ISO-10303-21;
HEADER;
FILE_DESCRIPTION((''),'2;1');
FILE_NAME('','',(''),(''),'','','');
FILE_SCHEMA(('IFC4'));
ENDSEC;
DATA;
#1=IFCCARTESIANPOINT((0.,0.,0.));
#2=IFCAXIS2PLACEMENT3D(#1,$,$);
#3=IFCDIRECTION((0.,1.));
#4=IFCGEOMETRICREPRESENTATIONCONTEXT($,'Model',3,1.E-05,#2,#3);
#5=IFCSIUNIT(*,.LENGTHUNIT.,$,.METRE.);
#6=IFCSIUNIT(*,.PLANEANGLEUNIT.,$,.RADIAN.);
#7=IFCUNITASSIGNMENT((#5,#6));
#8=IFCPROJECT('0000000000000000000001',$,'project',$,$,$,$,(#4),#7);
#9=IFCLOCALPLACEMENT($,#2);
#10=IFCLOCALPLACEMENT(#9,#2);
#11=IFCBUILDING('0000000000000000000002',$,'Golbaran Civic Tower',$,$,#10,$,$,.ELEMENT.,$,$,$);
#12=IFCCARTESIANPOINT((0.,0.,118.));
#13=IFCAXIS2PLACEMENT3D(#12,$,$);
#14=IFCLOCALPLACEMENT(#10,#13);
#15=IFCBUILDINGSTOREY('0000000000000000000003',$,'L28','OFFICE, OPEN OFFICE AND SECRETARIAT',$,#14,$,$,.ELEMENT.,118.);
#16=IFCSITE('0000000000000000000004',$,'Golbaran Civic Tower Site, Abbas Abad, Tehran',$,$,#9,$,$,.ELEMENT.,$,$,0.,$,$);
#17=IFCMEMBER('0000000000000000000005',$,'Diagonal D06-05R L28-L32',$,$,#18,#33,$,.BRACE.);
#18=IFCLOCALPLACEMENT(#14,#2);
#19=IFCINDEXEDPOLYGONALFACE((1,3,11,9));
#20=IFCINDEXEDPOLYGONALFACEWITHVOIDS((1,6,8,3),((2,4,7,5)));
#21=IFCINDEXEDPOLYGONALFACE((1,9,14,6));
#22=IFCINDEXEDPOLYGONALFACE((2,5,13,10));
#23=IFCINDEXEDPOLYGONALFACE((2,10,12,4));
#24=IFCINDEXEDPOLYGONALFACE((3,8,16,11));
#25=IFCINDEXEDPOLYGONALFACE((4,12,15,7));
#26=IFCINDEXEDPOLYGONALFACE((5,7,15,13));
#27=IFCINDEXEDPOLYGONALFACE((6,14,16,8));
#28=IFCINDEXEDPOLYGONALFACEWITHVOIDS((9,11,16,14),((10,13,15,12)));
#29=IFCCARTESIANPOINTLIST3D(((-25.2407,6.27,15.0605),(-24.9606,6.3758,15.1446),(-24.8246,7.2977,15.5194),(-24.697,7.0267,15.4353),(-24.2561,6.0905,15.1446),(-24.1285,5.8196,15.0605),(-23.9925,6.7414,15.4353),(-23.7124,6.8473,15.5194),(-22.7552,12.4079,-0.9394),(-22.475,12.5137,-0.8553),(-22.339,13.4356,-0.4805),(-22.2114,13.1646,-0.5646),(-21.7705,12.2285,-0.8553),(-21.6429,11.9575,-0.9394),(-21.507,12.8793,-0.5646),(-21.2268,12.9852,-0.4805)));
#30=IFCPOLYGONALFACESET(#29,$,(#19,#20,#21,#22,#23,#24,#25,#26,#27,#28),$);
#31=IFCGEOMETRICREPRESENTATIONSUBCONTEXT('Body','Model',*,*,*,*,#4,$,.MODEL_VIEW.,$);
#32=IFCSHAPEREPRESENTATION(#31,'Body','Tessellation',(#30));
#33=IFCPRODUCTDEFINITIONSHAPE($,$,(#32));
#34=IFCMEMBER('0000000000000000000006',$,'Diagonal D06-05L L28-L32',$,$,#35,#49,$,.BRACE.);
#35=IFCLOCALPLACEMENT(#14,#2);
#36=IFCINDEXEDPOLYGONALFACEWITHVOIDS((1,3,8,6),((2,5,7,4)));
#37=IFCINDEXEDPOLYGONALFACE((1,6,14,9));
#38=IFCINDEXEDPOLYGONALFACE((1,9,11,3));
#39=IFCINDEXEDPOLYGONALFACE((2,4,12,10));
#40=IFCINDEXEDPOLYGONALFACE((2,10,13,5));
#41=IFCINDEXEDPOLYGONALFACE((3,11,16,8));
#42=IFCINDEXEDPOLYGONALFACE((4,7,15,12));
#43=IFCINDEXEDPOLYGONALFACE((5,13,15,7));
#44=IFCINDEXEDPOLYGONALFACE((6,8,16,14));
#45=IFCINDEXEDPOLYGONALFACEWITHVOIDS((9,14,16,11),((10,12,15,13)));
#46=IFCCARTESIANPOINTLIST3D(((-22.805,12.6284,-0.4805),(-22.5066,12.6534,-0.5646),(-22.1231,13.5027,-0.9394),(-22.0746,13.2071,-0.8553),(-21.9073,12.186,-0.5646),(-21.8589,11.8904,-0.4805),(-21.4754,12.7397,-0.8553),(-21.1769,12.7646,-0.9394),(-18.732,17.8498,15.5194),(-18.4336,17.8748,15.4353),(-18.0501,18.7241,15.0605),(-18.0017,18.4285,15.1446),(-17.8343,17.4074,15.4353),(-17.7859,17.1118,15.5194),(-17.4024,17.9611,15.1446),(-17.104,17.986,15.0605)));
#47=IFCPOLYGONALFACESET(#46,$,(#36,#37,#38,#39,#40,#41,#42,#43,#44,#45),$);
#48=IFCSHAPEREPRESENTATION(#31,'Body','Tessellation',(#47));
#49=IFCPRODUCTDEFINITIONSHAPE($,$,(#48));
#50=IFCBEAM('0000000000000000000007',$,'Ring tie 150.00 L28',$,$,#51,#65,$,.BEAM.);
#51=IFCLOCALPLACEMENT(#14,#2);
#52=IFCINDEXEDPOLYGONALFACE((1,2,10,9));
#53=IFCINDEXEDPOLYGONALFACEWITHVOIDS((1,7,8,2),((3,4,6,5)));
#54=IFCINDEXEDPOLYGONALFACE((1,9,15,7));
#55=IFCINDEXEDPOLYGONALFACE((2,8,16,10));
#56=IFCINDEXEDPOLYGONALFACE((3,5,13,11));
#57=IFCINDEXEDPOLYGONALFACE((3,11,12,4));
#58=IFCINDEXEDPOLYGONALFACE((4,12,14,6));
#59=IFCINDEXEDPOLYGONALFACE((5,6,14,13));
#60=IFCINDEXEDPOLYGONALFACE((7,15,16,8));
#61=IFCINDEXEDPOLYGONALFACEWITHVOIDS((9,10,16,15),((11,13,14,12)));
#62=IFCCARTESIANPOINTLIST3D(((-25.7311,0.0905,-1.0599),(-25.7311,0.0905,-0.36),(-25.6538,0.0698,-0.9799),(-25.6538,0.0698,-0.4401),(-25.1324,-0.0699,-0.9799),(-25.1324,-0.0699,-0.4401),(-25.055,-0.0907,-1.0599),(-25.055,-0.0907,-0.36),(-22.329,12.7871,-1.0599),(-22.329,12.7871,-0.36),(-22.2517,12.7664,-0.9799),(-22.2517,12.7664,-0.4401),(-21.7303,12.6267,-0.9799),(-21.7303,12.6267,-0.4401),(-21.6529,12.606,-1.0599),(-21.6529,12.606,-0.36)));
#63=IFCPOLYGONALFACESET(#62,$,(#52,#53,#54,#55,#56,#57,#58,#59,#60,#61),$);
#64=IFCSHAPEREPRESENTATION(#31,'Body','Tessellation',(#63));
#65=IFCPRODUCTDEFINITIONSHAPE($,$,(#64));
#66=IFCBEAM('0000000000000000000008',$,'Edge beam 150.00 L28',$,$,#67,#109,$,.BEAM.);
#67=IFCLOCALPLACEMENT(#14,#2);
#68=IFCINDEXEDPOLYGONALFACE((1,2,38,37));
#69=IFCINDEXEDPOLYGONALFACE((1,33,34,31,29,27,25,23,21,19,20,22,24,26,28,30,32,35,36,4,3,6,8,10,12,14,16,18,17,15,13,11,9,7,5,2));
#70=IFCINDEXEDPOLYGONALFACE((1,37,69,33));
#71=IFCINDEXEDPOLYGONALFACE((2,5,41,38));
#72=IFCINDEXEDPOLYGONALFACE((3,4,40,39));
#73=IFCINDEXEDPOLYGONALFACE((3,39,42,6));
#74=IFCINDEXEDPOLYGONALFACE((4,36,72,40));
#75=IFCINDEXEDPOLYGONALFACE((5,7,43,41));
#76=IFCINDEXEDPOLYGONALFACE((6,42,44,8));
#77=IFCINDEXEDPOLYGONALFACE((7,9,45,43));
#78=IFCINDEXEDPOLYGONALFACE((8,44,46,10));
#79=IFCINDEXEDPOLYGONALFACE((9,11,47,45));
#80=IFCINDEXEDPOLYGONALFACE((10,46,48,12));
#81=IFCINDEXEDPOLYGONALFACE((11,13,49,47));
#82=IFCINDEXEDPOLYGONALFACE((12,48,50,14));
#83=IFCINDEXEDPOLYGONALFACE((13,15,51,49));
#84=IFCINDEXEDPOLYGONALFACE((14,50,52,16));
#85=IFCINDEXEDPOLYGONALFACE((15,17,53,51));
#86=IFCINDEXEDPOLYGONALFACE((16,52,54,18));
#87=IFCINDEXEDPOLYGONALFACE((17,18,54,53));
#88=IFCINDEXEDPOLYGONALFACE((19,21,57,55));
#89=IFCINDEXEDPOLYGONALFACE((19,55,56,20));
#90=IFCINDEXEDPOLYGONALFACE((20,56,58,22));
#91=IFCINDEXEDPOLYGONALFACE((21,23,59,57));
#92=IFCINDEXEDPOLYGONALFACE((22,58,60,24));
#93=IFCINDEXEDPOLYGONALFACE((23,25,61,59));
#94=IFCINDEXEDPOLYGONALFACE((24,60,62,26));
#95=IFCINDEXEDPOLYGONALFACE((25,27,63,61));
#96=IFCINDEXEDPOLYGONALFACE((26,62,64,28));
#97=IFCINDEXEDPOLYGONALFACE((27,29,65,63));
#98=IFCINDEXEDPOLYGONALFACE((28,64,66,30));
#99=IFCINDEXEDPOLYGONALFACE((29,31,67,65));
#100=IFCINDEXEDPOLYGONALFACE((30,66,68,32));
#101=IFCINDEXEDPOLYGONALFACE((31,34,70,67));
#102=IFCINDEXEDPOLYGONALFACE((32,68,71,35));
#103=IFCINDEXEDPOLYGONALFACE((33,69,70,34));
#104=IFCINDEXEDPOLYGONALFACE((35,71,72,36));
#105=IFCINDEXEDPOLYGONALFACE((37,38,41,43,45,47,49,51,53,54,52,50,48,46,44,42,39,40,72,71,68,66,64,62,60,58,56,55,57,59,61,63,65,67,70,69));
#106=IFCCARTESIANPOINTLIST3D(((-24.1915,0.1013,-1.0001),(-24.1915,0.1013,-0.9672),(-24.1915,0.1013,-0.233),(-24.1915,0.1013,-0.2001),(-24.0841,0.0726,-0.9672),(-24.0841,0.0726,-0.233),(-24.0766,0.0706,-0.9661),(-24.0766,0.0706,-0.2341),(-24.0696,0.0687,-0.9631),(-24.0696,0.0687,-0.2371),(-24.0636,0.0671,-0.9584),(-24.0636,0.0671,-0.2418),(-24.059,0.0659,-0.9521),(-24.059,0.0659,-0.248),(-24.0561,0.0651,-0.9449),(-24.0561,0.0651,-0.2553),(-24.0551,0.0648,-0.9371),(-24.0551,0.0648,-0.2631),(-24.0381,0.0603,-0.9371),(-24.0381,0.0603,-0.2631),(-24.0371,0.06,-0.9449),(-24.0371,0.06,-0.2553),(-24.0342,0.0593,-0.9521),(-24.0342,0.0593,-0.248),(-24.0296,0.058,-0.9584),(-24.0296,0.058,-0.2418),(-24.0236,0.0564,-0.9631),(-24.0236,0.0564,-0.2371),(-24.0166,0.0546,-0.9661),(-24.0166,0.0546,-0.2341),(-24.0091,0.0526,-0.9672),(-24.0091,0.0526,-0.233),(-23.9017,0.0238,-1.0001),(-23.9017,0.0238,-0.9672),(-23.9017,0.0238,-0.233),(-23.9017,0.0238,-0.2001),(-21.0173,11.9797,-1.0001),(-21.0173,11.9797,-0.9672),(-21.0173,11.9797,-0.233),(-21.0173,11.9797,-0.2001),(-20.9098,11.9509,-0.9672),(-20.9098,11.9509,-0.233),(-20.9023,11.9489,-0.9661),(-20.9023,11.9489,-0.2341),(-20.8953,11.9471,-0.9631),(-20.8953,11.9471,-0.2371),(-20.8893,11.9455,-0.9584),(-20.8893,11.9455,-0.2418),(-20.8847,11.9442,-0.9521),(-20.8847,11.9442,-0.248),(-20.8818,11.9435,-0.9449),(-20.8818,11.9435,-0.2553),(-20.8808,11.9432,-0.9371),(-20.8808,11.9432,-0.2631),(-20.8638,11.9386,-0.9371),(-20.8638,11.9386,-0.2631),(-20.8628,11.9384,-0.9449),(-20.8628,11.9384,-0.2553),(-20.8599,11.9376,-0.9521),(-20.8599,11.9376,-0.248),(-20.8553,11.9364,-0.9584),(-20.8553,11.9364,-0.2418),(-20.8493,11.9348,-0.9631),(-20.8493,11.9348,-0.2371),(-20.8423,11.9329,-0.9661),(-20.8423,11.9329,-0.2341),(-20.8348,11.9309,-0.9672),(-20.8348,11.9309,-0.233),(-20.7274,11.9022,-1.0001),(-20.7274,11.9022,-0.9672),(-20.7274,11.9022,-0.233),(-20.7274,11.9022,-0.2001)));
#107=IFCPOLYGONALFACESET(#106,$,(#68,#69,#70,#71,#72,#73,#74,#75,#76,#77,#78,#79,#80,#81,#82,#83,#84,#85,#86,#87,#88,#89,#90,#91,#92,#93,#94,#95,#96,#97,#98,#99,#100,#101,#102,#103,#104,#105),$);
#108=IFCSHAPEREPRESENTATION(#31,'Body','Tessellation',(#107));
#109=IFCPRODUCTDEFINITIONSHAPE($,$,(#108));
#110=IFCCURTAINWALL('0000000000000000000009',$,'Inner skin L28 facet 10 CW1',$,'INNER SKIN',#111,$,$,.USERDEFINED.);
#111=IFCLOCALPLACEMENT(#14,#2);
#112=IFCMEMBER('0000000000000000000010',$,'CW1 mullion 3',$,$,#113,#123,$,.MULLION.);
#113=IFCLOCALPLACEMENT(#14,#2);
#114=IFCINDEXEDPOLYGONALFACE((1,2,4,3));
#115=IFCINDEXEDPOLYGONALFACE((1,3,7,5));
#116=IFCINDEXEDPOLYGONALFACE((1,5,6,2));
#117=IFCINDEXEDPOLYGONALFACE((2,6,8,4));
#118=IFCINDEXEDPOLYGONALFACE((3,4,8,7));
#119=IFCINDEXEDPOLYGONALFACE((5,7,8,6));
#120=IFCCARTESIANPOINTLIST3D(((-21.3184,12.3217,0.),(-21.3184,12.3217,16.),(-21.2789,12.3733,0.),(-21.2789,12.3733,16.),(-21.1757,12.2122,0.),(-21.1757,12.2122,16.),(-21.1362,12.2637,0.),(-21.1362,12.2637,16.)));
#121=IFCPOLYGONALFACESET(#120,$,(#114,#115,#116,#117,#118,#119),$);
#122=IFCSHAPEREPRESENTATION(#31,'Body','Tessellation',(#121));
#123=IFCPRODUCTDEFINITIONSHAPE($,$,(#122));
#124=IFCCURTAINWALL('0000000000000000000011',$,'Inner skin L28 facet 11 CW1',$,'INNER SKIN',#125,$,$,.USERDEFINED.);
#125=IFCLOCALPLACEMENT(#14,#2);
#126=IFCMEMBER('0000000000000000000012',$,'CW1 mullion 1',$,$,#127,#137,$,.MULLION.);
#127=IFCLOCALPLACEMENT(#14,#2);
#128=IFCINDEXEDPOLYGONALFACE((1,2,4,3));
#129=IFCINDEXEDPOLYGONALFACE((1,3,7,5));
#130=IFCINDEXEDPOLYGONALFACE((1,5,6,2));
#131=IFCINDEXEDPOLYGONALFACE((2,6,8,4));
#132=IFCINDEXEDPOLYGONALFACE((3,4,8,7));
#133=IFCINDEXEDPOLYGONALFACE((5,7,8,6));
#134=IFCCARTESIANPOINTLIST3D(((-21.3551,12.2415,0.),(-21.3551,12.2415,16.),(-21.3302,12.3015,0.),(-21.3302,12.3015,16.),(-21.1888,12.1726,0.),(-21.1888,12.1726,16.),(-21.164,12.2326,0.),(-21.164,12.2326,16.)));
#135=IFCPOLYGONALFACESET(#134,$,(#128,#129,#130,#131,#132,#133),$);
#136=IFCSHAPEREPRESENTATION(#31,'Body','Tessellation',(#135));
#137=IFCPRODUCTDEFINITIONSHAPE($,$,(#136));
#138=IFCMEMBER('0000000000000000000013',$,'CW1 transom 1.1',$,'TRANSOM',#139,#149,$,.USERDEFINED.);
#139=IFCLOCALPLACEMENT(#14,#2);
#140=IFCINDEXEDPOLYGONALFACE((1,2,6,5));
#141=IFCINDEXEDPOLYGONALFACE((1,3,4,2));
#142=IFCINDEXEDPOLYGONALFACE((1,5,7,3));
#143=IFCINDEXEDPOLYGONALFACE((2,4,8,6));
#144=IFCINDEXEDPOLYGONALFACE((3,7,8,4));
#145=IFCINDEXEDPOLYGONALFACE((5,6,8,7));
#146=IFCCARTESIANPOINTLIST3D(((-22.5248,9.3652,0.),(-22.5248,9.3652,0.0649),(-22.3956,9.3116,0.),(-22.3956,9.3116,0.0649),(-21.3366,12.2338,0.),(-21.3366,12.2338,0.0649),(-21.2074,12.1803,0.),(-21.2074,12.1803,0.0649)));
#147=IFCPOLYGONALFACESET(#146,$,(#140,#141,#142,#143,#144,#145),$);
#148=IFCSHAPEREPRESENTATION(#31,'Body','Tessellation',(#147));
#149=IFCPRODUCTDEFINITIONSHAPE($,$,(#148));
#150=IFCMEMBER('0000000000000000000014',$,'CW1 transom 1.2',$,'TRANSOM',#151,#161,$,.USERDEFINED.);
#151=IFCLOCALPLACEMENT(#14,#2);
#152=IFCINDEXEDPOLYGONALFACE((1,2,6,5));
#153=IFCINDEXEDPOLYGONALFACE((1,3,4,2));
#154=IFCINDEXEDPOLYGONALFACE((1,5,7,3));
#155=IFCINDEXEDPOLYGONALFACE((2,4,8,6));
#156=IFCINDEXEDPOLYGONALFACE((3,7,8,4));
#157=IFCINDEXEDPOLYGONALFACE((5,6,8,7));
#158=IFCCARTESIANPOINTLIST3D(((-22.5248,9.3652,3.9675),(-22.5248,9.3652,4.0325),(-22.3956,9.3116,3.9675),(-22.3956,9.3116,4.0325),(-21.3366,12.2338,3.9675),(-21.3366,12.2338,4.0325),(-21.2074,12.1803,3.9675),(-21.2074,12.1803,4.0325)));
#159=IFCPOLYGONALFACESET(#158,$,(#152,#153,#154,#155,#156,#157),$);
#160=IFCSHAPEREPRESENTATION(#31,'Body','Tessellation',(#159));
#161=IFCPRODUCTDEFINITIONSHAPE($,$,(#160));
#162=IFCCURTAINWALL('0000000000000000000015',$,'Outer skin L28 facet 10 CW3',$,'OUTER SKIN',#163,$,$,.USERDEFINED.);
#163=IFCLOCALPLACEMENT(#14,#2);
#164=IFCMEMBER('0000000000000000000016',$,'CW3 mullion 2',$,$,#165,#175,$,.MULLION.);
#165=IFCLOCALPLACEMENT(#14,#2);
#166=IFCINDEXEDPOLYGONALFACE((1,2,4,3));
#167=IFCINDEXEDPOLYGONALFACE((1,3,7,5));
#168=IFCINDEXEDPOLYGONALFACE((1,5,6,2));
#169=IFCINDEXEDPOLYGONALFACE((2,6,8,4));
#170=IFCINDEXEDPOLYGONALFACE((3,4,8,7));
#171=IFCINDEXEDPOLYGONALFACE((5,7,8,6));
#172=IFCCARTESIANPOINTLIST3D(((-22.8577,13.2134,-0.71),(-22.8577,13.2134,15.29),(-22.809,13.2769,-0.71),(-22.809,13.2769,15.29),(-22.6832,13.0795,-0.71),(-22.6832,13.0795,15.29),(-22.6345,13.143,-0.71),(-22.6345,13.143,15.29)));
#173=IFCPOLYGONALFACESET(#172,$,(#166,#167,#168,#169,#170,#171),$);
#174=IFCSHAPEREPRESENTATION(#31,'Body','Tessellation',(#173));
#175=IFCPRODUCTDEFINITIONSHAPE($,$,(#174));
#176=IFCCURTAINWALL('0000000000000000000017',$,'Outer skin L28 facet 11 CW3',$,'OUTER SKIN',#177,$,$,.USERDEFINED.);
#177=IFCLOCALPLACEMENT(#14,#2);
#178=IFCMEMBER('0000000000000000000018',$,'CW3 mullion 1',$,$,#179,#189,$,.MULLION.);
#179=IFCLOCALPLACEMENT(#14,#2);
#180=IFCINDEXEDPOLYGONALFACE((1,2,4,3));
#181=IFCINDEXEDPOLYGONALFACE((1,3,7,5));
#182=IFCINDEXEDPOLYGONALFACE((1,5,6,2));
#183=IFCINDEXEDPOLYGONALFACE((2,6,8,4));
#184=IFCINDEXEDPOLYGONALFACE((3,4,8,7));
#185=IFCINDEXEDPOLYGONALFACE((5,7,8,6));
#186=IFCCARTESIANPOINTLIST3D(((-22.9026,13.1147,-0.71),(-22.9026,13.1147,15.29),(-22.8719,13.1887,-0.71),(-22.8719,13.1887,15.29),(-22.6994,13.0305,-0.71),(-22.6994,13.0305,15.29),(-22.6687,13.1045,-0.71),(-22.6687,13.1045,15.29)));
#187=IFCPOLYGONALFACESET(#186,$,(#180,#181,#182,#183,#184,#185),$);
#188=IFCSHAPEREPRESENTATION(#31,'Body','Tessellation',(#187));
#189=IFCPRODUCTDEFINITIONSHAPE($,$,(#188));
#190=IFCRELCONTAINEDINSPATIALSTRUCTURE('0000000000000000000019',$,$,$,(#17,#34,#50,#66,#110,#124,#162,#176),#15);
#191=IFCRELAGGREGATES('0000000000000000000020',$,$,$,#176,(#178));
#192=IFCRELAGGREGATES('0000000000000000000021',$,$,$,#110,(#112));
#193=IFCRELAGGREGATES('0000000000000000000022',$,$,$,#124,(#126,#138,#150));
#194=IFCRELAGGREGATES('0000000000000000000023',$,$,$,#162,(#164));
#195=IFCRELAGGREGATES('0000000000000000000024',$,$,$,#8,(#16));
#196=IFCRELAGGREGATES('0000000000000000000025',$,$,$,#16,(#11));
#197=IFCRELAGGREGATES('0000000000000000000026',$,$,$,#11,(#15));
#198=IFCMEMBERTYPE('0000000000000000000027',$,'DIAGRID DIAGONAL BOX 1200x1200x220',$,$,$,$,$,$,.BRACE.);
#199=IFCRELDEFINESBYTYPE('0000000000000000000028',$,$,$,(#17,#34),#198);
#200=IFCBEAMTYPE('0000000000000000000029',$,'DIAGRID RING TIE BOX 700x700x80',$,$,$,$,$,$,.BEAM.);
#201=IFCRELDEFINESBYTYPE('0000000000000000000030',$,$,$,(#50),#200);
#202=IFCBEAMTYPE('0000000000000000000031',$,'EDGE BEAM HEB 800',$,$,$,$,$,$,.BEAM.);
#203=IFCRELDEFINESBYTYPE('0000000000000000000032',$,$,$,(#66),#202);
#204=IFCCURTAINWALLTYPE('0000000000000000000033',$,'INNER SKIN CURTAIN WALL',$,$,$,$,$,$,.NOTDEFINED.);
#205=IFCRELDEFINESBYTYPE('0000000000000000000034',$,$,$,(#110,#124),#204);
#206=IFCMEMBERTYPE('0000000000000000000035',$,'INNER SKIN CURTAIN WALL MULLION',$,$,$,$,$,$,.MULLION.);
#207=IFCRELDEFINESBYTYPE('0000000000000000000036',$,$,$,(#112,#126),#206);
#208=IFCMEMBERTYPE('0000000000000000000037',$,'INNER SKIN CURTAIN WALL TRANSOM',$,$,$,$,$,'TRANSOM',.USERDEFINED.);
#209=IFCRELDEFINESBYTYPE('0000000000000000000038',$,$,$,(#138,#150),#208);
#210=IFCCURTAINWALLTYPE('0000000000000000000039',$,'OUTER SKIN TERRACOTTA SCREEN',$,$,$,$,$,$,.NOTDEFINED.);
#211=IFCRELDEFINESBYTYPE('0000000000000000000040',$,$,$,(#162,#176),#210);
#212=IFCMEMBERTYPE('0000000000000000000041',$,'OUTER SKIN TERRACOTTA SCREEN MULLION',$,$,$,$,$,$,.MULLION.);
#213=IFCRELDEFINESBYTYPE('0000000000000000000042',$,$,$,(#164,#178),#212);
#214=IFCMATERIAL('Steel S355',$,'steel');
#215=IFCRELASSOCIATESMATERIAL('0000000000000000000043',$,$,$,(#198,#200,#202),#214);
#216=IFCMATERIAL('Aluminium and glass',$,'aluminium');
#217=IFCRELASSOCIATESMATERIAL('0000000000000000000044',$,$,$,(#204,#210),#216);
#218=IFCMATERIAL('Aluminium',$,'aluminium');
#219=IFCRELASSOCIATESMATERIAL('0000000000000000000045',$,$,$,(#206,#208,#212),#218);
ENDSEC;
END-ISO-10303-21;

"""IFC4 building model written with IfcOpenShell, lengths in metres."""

from ifc_helpers import new_model, si_unit, direction, frame, origin, origin_2d, place, context, subcontext, project, spatial, rectangle, hollow_rectangle, i_section, extrude, material, material_profile, profile_set, type_object, element, aggregate, save


model = new_model("IFC4")

# Units and contexts
model_context = context("Model", 3, precision=1e-05, world=origin(), true_north=direction((0.0, 1.0)))
body_context = subcontext(model_context, "Body", "Model", "MODEL_VIEW")
ifc_project = project(units=[si_unit("LENGTHUNIT", "METRE"), si_unit("PLANEANGLEUNIT", "RADIAN")], contexts=[model_context])

# Site, building, storey
site_placement = place(None, origin())
site = spatial("IfcSite", under=ifc_project, at=site_placement, Name="Golbaran Civic Tower Site, Abbas Abad, Tehran", CompositionType="ELEMENT", RefElevation=0.0)
building_placement = place(site_placement, origin())
building = spatial("IfcBuilding", under=site, at=building_placement, Name="Golbaran Civic Tower", CompositionType="ELEMENT")
storey_placement = place(building_placement, frame((0.0, 0.0, 118.0)))
storey = spatial("IfcBuildingStorey", under=building, at=storey_placement, Name="L28", Description="OFFICE, OPEN OFFICE AND SECRETARIAT", CompositionType="ELEMENT", Elevation=118.0)

# Members
ifc_material_1 = material(Name="Steel S355", Category="steel")
ifc_material_profile_1 = material_profile(ifc_material_1, hollow_rectangle(XDim=1.2, YDim=1.2, WallThickness=0.22, at=origin_2d()), Name="BOX 1200x1200x220")
ifc_profile_set_1 = profile_set([ifc_material_profile_1], Name="Steel S355")
member_type_1 = type_object("IfcMemberType", Name="DIAGRID DIAGONAL BOX 1200x1200x220", PredefinedType="BRACE", material=ifc_profile_set_1)
for number, where, z_axis, x_axis, name in (
    (1, (-21.991, 12.6965, -0.71), (-0.143541, -0.354461, 0.923988), (0.926884, -0.375347, 0.0), "Diagonal D06-05R L28-L32"),
    (2, (-21.991, 12.6965, -0.71), (0.235212, 0.301534, 0.923987), (-0.788482, 0.615058, 0.0), "Diagonal D06-05L L28-L32"),
):
    element("IfcMember", number, at=place(storey_placement, frame(where, z_axis=z_axis, x_axis=x_axis)), inside=storey, type_object=member_type_1, Name=name, PredefinedType="BRACE", context=body_context, shape_type="SweptSolid", body=[
        extrude(hollow_rectangle(XDim=1.2, YDim=1.2, WallThickness=0.22, at=origin_2d()), origin(), (0.0, 0.0, 1.0), 17.3162),
    ])

# Beams
ifc_material_profile_2 = material_profile(ifc_material_1, hollow_rectangle(XDim=0.7, YDim=0.7, WallThickness=0.0801, at=origin_2d()), Name="BOX 700x700x80")
ifc_profile_set_2 = profile_set([ifc_material_profile_2], Name="Steel S355")
beam_type_1 = type_object("IfcBeamType", Name="DIAGRID RING TIE BOX 700x700x80", PredefinedType="BEAM", material=ifc_profile_set_2)
beam_1_placement = place(storey_placement, frame((-21.991, 12.6965, -0.71), z_axis=(-0.258824, -0.965924, 0.0), x_axis=(0.965924, -0.258824, 0.0)))
element("IfcBeam", 3, at=beam_1_placement, inside=storey, type_object=beam_type_1, Name="Ring tie 150.00 L28", PredefinedType="BEAM", context=body_context, shape_type="SweptSolid", body=[
    extrude(hollow_rectangle(XDim=0.7, YDim=0.7, WallThickness=0.0801, at=origin_2d()), origin(), (0.0, 0.0, 1.0), 13.1445),
])
ifc_material_profile_3 = material_profile(ifc_material_1, i_section(OverallWidth=0.3, OverallDepth=0.8, WebThickness=0.0176, FlangeThickness=0.033, FilletRadius=0.03, at=origin_2d()), Name="HEB 800")
ifc_profile_set_3 = profile_set([ifc_material_profile_3], Name="Steel S355")
beam_type_2 = type_object("IfcBeamType", Name="EDGE BEAM HEB 800", PredefinedType="BEAM", material=ifc_profile_set_3)
beam_2_placement = place(storey_placement, frame((-20.8723, 11.9409, -0.6001), z_axis=(-0.258174, -0.966098, 0.0), x_axis=(0.966098, -0.258174, 0.0)))
element("IfcBeam", 4, at=beam_2_placement, inside=storey, type_object=beam_type_2, Name="Edge beam 150.00 L28", PredefinedType="BEAM", context=body_context, shape_type="SweptSolid", body=[
    extrude(i_section(OverallWidth=0.3, OverallDepth=0.8, WebThickness=0.0176, FlangeThickness=0.033, FilletRadius=0.03, at=origin_2d()), origin(), (0.0, 0.0, 1.0), 12.2952),
])

# Curtain wall, member
ifc_material_2 = material(Name="Aluminium and glass", Category="aluminium")
curtain_wall_type_1 = type_object("IfcCurtainWallType", Name="INNER SKIN CURTAIN WALL", PredefinedType="NOTDEFINED", material=ifc_material_2)
curtain_wall_1_placement = place(storey_placement, origin())
curtain_wall_1 = element("IfcCurtainWall", 5, at=curtain_wall_1_placement, inside=storey, type_object=curtain_wall_type_1, Name="Inner skin L28 facet 10 CW1", ObjectType="INNER SKIN", PredefinedType="USERDEFINED")
ifc_material_3 = material(Name="Aluminium", Category="aluminium")
ifc_material_profile_4 = material_profile(ifc_material_3, rectangle(XDim=0.1799, YDim=0.0649, at=origin_2d()), Name="INNER SKIN CURTAIN WALL MULLION")
ifc_profile_set_4 = profile_set([ifc_material_profile_4], Name="Aluminium")
member_type_2 = type_object("IfcMemberType", Name="INNER SKIN CURTAIN WALL MULLION", PredefinedType="MULLION", material=ifc_profile_set_4)
member_1_placement = place(storey_placement, frame((-21.2273, 12.2927, 0.0), z_axis=(0.0, 0.0, 1.0), x_axis=(0.793353, -0.608761, 0.0)))
member_1 = element("IfcMember", 6, at=member_1_placement, type_object=member_type_2, Name="CW1 mullion 3", PredefinedType="MULLION", context=body_context, shape_type="SweptSolid", body=[
    extrude(rectangle(XDim=0.1799, YDim=0.0649, at=origin_2d()), origin(), (0.0, 0.0, 1.0), 16.0),
])

# Curtain wall, members
curtain_wall_2_placement = place(storey_placement, origin())
curtain_wall_2 = element("IfcCurtainWall", 7, at=curtain_wall_2_placement, inside=storey, type_object=curtain_wall_type_1, Name="Inner skin L28 facet 11 CW1", ObjectType="INNER SKIN", PredefinedType="USERDEFINED")
member_2_placement = place(storey_placement, frame((-21.2595, 12.2371, 0.0), z_axis=(0.0, 0.0, 1.0), x_axis=(0.92388, -0.382683, 0.0)))
member_2 = element("IfcMember", 8, at=member_2_placement, type_object=member_type_2, Name="CW1 mullion 1", PredefinedType="MULLION", context=body_context, shape_type="SweptSolid", body=[
    extrude(rectangle(XDim=0.1799, YDim=0.0649, at=origin_2d()), origin(), (0.0, 0.0, 1.0), 16.0),
])
ifc_material_profile_5 = material_profile(ifc_material_3, rectangle(XDim=0.1399, YDim=0.0649, at=origin_2d()), Name="INNER SKIN CURTAIN WALL TRANSOM")
ifc_profile_set_5 = profile_set([ifc_material_profile_5], Name="Aluminium")
member_type_3 = type_object("IfcMemberType", Name="INNER SKIN CURTAIN WALL TRANSOM", ElementType="TRANSOM", PredefinedType="USERDEFINED", material=ifc_profile_set_5)
member_3_placement = place(storey_placement, frame((-21.272, 12.207, 0.0325), z_axis=(-0.382683, -0.92388, 0.0), x_axis=(0.92388, -0.382683, 0.0)))
member_3 = element("IfcMember", 9, at=member_3_placement, type_object=member_type_3, Name="CW1 transom 1.1", ObjectType="TRANSOM", PredefinedType="USERDEFINED", context=body_context, shape_type="SweptSolid", body=[
    extrude(rectangle(XDim=0.1399, YDim=0.0649, at=origin_2d()), origin(), (0.0, 0.0, 1.0), 3.105),
])
member_4_placement = place(storey_placement, frame((-21.272, 12.207, 4.0), z_axis=(-0.382683, -0.92388, 0.0), x_axis=(0.92388, -0.382683, 0.0)))
member_4 = element("IfcMember", 10, at=member_4_placement, type_object=member_type_3, Name="CW1 transom 1.2", ObjectType="TRANSOM", PredefinedType="USERDEFINED", context=body_context, shape_type="SweptSolid", body=[
    extrude(rectangle(XDim=0.1399, YDim=0.0649, at=origin_2d()), origin(), (0.0, 0.0, 1.0), 3.105),
])

# Curtain wall, member
curtain_wall_type_2 = type_object("IfcCurtainWallType", Name="OUTER SKIN TERRACOTTA SCREEN", PredefinedType="NOTDEFINED", material=ifc_material_2)
curtain_wall_3_placement = place(storey_placement, origin())
curtain_wall_3 = element("IfcCurtainWall", 11, at=curtain_wall_3_placement, inside=storey, type_object=curtain_wall_type_2, Name="Outer skin L28 facet 10 CW3", ObjectType="OUTER SKIN", PredefinedType="USERDEFINED")
ifc_material_profile_6 = material_profile(ifc_material_3, rectangle(XDim=0.22, YDim=0.0801, at=origin_2d()), Name="OUTER SKIN TERRACOTTA SCREEN MULLION")
ifc_profile_set_6 = profile_set([ifc_material_profile_6], Name="Aluminium")
member_type_4 = type_object("IfcMemberType", Name="OUTER SKIN TERRACOTTA SCREEN MULLION", PredefinedType="MULLION", material=ifc_profile_set_6)
member_5_placement = place(storey_placement, frame((-22.7461, 13.1782, -0.71), z_axis=(0.0, 0.0, 1.0), x_axis=(0.793353, -0.608761, 0.0)))
member_5 = element("IfcMember", 12, at=member_5_placement, type_object=member_type_4, Name="CW3 mullion 2", PredefinedType="MULLION", context=body_context, shape_type="SweptSolid", body=[
    extrude(rectangle(XDim=0.22, YDim=0.0801, at=origin_2d()), origin(), (0.0, 0.0, 1.0), 16.0),
])

# Curtain wall, member
curtain_wall_4_placement = place(storey_placement, origin())
curtain_wall_4 = element("IfcCurtainWall", 13, at=curtain_wall_4_placement, inside=storey, type_object=curtain_wall_type_2, Name="Outer skin L28 facet 11 CW3", ObjectType="OUTER SKIN", PredefinedType="USERDEFINED")
member_6_placement = place(storey_placement, frame((-22.7856, 13.1096, -0.71), z_axis=(0.0, 0.0, 1.0), x_axis=(0.92388, -0.382683, 0.0)))
member_6 = element("IfcMember", 14, at=member_6_placement, type_object=member_type_4, Name="CW3 mullion 1", PredefinedType="MULLION", context=body_context, shape_type="SweptSolid", body=[
    extrude(rectangle(XDim=0.22, YDim=0.0801, at=origin_2d()), origin(), (0.0, 0.0, 1.0), 16.0),
])
aggregate(curtain_wall_4, [member_6])

aggregate(curtain_wall_1, [member_1])
aggregate(curtain_wall_2, [member_2, member_3, member_4])
aggregate(curtain_wall_3, [member_5])

save(model, "model.ifc")
